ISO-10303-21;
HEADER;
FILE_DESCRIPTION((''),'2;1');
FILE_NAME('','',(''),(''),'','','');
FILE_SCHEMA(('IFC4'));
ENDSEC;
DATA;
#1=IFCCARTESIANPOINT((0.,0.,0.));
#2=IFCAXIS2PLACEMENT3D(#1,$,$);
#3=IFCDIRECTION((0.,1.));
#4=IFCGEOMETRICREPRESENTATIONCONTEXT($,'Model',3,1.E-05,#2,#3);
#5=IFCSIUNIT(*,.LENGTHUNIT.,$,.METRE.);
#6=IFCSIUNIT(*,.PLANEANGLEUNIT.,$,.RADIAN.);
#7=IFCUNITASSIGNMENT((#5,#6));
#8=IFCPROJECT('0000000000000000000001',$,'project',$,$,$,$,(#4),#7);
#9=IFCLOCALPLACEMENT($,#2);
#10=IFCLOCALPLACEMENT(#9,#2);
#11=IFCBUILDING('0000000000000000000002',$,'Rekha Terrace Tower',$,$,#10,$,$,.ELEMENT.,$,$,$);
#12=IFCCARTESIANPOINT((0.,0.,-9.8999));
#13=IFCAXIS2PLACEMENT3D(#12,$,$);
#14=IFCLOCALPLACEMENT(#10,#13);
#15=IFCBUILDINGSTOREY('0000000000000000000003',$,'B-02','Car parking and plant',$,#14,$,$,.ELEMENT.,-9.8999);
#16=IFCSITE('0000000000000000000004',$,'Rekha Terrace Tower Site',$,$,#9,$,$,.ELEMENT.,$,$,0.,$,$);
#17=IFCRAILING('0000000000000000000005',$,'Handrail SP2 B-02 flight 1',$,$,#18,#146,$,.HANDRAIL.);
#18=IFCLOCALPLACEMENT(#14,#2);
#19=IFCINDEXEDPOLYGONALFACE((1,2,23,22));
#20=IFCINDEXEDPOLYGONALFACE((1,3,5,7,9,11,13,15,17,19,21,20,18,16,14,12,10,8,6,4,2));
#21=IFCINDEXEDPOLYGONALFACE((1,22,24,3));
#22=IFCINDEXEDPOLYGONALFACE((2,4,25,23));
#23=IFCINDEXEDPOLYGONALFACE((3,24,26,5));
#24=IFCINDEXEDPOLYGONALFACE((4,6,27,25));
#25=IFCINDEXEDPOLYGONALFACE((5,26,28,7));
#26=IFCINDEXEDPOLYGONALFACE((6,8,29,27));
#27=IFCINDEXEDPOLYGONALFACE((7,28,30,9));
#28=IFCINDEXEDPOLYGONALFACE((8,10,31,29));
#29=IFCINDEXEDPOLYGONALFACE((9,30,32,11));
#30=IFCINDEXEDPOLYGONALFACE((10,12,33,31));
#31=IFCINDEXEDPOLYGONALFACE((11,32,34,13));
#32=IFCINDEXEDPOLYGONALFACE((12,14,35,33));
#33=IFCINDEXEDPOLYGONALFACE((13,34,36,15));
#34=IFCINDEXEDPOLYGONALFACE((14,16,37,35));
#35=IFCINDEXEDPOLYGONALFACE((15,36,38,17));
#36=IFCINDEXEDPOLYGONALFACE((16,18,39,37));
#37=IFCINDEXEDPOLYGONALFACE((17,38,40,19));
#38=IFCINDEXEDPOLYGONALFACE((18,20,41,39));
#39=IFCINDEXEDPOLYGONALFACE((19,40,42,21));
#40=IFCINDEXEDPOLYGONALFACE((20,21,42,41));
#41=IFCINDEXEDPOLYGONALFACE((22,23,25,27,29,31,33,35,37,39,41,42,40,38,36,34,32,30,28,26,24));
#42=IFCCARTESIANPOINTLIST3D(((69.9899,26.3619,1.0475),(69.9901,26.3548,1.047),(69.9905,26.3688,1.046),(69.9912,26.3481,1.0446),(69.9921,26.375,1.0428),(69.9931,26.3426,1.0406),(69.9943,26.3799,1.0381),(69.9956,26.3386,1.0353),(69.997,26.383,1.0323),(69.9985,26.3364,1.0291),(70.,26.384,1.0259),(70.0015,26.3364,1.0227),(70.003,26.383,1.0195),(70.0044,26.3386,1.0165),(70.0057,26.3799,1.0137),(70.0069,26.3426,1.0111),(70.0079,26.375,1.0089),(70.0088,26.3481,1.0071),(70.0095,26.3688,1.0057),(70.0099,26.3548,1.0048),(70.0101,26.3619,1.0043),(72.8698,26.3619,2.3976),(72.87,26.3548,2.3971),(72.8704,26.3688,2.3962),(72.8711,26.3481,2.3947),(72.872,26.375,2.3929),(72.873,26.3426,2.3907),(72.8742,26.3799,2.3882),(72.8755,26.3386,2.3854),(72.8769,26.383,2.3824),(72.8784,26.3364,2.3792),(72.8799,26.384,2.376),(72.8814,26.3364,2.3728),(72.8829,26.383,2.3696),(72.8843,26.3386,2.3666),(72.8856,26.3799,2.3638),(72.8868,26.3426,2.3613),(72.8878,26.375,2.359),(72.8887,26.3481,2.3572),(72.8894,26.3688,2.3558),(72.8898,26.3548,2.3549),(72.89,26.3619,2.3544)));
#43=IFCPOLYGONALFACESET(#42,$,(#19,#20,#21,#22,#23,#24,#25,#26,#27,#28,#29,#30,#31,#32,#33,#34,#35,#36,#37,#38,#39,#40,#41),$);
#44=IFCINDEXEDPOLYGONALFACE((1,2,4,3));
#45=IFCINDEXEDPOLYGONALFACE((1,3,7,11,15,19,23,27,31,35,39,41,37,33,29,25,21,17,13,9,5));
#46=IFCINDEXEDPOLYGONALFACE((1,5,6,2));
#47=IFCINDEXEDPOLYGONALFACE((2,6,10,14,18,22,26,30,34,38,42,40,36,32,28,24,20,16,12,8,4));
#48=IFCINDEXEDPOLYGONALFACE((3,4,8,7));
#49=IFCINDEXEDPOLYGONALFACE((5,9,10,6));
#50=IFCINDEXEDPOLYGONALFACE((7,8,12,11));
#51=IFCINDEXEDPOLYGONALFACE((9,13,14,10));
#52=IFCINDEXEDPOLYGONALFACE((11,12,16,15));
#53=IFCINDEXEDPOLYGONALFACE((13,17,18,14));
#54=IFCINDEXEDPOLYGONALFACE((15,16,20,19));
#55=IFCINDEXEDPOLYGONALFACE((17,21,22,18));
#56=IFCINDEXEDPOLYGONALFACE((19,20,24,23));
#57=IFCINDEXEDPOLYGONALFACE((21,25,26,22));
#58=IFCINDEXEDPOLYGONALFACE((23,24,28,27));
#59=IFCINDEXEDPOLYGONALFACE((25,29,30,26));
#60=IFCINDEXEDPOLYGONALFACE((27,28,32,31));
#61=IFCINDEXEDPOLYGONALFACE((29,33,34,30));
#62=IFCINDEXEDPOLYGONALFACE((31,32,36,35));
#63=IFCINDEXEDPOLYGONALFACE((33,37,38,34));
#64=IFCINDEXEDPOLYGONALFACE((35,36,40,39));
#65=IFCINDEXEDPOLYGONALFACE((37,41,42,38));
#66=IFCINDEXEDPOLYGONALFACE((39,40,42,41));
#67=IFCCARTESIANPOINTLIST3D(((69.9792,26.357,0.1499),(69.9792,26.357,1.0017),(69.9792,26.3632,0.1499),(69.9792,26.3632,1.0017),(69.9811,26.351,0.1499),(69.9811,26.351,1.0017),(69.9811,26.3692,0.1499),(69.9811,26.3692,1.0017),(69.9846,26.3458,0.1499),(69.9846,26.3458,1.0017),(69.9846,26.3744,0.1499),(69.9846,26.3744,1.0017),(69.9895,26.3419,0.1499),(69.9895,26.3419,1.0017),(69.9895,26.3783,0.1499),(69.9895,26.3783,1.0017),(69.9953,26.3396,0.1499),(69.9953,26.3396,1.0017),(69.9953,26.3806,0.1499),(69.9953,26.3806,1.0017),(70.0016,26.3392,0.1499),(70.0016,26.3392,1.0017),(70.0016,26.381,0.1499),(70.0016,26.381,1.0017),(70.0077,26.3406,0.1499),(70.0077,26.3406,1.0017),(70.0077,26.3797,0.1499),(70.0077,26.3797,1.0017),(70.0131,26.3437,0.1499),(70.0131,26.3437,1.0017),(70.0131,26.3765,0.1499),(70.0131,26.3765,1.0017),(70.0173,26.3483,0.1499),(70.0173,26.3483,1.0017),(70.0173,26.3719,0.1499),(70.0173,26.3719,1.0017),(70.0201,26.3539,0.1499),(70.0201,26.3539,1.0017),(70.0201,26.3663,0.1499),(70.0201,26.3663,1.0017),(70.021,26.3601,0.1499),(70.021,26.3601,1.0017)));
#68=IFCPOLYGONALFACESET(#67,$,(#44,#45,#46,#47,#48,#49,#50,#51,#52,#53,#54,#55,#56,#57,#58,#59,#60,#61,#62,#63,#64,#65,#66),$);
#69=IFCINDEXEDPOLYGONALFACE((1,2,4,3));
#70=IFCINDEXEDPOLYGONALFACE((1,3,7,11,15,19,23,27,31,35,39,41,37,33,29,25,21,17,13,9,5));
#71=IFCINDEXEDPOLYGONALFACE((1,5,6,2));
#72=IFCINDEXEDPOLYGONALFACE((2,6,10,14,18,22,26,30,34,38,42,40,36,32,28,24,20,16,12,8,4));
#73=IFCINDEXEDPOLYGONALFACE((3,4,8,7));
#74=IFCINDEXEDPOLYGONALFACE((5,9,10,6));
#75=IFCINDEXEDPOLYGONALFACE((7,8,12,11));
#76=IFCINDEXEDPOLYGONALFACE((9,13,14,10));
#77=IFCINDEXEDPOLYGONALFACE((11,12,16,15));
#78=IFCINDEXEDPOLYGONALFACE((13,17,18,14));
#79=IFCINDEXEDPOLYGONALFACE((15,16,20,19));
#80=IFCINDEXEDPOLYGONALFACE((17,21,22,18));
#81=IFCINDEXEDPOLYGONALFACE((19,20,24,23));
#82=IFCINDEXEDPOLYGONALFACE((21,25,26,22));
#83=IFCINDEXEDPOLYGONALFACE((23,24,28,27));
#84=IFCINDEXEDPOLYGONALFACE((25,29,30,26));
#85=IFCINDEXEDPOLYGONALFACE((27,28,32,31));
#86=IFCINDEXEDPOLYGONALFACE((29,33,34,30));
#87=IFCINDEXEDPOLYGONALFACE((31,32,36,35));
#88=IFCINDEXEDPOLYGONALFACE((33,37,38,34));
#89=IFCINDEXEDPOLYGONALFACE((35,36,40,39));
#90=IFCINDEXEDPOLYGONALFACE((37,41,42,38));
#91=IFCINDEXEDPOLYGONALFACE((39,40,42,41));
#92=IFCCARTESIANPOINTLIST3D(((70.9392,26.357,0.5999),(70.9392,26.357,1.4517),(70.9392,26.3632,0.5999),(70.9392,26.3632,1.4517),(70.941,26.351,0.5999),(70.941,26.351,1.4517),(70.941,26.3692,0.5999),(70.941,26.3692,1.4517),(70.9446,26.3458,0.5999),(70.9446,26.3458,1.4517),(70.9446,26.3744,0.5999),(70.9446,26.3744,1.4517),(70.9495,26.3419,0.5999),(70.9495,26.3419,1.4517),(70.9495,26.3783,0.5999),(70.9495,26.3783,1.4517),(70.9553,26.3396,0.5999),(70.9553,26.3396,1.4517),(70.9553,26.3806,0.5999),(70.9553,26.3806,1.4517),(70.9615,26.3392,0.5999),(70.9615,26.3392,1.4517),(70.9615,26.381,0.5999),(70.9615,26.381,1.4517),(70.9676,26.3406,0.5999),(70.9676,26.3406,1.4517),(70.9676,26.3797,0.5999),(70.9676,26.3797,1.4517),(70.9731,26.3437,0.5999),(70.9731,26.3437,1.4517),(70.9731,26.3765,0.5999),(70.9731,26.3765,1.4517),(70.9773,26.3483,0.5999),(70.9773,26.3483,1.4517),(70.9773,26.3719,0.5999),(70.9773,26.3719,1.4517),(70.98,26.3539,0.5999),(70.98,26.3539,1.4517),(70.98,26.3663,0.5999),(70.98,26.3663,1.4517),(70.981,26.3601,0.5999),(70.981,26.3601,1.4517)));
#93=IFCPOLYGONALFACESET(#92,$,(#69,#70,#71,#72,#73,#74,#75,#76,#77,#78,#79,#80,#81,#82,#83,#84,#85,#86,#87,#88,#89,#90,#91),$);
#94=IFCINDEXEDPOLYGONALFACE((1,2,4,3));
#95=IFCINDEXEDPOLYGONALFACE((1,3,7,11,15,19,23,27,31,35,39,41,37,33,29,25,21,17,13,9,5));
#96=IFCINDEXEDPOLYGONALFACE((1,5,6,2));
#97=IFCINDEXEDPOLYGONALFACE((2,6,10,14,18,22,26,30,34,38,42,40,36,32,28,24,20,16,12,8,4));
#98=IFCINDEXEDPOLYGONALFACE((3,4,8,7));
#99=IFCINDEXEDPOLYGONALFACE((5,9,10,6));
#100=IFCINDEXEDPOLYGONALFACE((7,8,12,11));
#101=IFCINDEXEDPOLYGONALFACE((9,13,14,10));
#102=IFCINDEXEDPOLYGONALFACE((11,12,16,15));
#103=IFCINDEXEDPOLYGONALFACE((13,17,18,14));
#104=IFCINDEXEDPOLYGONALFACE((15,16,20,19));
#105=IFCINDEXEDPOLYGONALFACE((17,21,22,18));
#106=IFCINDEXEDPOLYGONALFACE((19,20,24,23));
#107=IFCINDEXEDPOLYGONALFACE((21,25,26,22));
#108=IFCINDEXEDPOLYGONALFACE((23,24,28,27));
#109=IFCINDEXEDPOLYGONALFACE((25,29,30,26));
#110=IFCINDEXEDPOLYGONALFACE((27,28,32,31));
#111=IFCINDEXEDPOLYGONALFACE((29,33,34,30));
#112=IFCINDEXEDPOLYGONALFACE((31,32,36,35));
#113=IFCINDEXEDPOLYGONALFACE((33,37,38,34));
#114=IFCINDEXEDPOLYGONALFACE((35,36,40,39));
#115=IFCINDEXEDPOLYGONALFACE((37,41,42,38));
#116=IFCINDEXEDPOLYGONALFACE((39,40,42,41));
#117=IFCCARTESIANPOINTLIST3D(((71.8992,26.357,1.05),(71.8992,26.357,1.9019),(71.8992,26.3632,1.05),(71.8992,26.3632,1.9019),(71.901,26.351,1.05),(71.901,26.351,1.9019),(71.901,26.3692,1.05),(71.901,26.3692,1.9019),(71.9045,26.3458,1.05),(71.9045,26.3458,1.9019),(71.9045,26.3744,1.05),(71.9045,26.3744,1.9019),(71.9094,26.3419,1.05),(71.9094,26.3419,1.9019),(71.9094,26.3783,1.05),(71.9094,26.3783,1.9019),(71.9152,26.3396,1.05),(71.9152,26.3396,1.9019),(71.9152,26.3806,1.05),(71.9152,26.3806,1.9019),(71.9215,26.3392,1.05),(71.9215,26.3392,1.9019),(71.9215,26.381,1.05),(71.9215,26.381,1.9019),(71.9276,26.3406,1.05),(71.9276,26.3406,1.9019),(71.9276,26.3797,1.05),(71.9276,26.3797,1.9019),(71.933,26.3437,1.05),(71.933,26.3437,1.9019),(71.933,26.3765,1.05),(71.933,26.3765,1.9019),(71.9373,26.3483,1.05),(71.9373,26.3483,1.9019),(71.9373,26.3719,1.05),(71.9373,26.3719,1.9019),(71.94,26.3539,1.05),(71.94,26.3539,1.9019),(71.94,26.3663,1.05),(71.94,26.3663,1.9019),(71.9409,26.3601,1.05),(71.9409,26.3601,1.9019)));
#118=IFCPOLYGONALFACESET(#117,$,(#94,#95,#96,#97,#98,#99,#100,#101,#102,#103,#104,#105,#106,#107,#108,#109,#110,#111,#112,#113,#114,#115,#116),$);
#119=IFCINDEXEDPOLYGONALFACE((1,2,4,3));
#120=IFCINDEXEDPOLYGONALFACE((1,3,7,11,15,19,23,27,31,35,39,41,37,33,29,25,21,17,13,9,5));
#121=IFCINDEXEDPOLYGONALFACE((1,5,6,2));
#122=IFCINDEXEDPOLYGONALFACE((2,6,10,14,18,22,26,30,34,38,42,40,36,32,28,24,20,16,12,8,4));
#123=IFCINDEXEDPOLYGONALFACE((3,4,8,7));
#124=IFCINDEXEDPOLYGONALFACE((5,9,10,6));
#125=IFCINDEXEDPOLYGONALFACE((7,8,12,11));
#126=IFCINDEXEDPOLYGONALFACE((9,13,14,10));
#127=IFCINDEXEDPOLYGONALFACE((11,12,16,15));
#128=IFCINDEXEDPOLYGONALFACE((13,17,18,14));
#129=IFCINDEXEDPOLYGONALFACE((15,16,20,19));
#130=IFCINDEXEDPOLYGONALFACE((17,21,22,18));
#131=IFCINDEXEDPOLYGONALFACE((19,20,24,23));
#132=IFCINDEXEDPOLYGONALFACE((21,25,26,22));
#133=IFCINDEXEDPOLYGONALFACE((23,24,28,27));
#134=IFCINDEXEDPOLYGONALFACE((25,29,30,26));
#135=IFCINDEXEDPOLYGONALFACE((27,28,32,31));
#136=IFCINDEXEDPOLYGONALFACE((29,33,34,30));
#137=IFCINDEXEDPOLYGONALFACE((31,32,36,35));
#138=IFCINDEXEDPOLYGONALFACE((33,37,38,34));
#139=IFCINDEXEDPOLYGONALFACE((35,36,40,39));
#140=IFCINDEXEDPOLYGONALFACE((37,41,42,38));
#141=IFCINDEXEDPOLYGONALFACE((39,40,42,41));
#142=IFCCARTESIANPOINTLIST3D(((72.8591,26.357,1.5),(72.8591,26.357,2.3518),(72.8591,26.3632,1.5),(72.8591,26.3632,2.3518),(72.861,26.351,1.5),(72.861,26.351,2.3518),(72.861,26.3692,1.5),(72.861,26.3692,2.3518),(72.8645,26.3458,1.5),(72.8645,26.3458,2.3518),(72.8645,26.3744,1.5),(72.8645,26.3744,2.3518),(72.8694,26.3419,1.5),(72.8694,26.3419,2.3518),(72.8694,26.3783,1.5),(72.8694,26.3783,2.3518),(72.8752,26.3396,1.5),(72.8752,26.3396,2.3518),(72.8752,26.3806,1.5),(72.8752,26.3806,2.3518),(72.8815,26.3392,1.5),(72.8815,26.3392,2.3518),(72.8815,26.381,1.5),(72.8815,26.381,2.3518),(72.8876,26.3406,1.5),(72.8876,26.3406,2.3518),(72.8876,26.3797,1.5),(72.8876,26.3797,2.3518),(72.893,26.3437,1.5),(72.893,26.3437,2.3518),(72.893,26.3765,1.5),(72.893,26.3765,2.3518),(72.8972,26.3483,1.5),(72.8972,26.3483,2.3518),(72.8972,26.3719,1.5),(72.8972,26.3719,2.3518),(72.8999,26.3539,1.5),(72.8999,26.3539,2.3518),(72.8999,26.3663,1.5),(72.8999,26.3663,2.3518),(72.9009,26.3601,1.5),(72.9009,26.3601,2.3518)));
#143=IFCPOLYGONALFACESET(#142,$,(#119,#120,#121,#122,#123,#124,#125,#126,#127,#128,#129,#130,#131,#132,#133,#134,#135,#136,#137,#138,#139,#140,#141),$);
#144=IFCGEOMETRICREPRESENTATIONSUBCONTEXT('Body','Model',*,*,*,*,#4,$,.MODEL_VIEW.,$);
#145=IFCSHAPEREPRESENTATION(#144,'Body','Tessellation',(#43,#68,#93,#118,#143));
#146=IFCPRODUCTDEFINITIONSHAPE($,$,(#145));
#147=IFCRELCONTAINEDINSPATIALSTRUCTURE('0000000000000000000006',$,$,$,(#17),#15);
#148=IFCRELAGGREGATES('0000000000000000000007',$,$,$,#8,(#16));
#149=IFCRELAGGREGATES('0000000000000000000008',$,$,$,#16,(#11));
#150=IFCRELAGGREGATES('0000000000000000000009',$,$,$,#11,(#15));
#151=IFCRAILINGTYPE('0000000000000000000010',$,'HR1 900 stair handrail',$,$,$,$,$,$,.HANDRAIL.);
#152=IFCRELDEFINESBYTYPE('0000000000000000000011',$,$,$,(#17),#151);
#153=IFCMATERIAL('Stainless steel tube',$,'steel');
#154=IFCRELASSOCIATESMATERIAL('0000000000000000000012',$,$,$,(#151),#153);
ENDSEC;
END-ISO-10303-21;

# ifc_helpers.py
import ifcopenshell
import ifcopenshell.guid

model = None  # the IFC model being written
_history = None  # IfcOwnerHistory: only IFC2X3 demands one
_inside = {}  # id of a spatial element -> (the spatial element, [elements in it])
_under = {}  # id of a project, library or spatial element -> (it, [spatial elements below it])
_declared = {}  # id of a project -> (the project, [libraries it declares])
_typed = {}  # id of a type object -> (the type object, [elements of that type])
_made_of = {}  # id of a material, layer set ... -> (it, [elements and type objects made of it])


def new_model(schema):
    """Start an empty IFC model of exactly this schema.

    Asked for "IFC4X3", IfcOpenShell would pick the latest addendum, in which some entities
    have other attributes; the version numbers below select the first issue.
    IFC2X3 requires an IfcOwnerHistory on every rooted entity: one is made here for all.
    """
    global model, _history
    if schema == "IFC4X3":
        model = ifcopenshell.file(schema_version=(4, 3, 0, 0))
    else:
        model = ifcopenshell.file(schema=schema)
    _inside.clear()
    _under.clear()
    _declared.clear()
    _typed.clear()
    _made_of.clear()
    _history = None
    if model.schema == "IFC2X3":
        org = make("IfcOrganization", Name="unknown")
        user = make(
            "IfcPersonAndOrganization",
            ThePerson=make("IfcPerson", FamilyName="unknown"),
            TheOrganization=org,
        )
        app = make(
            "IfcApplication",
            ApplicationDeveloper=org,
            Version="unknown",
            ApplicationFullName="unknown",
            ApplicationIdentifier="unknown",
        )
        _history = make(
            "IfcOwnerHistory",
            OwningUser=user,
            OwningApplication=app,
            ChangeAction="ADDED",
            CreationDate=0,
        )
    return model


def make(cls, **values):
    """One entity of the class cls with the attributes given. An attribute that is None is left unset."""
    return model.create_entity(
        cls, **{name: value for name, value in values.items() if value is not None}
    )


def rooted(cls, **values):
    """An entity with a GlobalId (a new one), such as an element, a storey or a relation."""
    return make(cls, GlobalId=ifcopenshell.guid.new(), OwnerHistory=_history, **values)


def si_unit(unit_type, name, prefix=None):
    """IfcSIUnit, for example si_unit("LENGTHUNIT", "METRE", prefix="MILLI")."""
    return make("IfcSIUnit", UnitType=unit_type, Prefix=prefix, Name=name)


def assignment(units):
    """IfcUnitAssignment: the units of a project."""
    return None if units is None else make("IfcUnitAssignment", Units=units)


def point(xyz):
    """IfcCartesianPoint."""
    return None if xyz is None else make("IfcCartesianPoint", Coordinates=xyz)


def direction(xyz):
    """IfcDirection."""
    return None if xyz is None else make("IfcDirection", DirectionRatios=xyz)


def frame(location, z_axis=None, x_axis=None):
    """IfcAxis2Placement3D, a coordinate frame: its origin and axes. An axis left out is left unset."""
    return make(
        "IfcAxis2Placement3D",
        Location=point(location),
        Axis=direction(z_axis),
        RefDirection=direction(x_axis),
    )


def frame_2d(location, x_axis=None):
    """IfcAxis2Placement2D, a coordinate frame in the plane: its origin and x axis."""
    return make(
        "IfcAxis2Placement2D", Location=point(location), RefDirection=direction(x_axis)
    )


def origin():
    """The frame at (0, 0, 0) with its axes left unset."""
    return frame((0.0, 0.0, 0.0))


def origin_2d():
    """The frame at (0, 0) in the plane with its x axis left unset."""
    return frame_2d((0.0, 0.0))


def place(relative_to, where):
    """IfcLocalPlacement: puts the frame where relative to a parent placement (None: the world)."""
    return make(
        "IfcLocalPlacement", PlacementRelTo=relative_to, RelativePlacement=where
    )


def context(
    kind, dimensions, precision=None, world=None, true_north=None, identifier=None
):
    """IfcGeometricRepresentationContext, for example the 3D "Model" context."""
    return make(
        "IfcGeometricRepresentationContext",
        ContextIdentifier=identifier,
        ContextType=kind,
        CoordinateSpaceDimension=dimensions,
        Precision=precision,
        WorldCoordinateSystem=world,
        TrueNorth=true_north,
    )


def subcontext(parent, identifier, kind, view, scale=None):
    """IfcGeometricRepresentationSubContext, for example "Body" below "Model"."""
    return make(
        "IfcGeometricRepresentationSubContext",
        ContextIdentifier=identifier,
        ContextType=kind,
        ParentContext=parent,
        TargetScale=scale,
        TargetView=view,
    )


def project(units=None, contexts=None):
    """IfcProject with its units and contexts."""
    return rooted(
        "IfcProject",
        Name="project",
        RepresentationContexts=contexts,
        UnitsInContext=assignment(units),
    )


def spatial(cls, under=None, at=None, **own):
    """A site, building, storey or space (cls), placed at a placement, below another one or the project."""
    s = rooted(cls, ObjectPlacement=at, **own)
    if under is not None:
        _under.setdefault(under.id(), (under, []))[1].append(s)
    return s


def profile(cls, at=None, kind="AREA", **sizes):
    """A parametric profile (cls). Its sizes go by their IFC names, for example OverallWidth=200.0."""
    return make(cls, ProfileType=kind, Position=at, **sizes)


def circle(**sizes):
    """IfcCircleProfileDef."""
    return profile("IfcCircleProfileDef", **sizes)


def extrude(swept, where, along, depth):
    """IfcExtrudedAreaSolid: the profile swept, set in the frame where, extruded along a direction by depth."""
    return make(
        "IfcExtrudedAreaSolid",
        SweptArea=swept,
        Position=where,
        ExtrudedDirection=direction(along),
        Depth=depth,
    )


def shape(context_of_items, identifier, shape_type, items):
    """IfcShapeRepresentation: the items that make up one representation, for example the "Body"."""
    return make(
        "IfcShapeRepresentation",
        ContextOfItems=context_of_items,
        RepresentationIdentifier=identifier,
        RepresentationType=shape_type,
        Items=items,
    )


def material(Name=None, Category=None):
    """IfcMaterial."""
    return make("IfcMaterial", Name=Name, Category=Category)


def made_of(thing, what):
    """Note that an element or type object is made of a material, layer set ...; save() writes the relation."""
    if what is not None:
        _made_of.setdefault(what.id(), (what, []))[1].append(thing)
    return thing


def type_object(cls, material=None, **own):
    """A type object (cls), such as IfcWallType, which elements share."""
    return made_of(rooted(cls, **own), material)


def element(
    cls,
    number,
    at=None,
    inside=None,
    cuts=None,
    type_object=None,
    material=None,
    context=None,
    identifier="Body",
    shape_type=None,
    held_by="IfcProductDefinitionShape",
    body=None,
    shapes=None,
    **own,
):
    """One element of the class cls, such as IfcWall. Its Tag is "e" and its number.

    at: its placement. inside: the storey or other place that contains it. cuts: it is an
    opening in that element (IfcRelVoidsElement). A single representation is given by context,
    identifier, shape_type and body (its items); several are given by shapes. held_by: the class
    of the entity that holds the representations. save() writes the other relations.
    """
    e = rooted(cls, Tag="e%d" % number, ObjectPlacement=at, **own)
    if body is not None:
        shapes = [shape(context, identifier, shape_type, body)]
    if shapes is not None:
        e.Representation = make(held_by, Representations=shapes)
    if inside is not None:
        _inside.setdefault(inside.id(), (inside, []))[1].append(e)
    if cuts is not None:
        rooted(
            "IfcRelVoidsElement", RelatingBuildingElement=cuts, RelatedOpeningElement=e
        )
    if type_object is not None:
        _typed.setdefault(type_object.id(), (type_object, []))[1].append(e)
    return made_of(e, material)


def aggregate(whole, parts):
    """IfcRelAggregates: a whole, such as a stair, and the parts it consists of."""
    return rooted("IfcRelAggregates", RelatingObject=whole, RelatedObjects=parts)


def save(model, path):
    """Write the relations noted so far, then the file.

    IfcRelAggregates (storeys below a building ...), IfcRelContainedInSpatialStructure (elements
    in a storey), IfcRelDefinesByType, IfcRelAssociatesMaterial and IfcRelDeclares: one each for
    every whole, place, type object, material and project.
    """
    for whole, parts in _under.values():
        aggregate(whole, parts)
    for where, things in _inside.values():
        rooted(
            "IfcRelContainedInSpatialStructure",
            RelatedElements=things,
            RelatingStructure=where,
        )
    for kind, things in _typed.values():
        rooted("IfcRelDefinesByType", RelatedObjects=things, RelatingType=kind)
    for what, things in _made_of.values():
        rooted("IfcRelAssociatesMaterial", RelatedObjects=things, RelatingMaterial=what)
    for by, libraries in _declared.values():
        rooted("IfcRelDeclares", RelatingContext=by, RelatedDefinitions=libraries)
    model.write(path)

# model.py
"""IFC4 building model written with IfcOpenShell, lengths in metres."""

from ifc_helpers import new_model, si_unit, direction, frame, origin, origin_2d, place, context, subcontext, project, spatial, circle, extrude, material, type_object, element, save


model = new_model("IFC4")

# Units and contexts
model_context = context("Model", 3, precision=1e-05, world=origin(), true_north=direction((0.0, 1.0)))
body_context = subcontext(model_context, "Body", "Model", "MODEL_VIEW")
ifc_project = project(units=[si_unit("LENGTHUNIT", "METRE"), si_unit("PLANEANGLEUNIT", "RADIAN")], contexts=[model_context])

# Site, building, storey
site_placement = place(None, origin())
site = spatial("IfcSite", under=ifc_project, at=site_placement, Name="Rekha Terrace Tower Site", CompositionType="ELEMENT", RefElevation=0.0)
building_placement = place(site_placement, origin())
building = spatial("IfcBuilding", under=site, at=building_placement, Name="Rekha Terrace Tower", CompositionType="ELEMENT")
storey_placement = place(building_placement, frame((0.0, 0.0, -9.8999)))
storey = spatial("IfcBuildingStorey", under=building, at=storey_placement, Name="B-02", Description="Car parking and plant", CompositionType="ELEMENT", Elevation=-9.8999)

# Railing
ifc_material_1 = material(Name="Stainless steel tube", Category="steel")
railing_type_1 = type_object("IfcRailingType", Name="HR1 900 stair handrail", PredefinedType="HANDRAIL", material=ifc_material_1)
railing_1_placement = place(storey_placement, frame((70.0, 26.3601, 0.1499)))
element("IfcRailing", 1, at=railing_1_placement, inside=storey, type_object=railing_type_1, Name="Handrail SP2 B-02 flight 1", PredefinedType="HANDRAIL", context=body_context, shape_type="SweptSolid", body=[
    extrude(circle(Radius=0.0239, at=origin_2d()), frame((0.0, 0.0, 0.876), z_axis=(0.90544, 0.0, 0.424473), x_axis=(0.0, 1.0, 0.0)), (0.0, 0.0, 1.0), 3.1807),
    extrude(circle(Radius=0.021, at=origin_2d()), origin(), (0.0, 0.0, 1.0), 0.8518),
    extrude(circle(Radius=0.021, at=origin_2d()), frame((0.96, 0.0, 0.45)), (0.0, 0.0, 1.0), 0.8518),
    extrude(circle(Radius=0.021, at=origin_2d()), frame((1.9199, 0.0, 0.9001)), (0.0, 0.0, 1.0), 0.8518),
    extrude(circle(Radius=0.021, at=origin_2d()), frame((2.8799, 0.0, 1.3501)), (0.0, 0.0, 1.0), 0.8518),
])

save(model, "model.ifc")
